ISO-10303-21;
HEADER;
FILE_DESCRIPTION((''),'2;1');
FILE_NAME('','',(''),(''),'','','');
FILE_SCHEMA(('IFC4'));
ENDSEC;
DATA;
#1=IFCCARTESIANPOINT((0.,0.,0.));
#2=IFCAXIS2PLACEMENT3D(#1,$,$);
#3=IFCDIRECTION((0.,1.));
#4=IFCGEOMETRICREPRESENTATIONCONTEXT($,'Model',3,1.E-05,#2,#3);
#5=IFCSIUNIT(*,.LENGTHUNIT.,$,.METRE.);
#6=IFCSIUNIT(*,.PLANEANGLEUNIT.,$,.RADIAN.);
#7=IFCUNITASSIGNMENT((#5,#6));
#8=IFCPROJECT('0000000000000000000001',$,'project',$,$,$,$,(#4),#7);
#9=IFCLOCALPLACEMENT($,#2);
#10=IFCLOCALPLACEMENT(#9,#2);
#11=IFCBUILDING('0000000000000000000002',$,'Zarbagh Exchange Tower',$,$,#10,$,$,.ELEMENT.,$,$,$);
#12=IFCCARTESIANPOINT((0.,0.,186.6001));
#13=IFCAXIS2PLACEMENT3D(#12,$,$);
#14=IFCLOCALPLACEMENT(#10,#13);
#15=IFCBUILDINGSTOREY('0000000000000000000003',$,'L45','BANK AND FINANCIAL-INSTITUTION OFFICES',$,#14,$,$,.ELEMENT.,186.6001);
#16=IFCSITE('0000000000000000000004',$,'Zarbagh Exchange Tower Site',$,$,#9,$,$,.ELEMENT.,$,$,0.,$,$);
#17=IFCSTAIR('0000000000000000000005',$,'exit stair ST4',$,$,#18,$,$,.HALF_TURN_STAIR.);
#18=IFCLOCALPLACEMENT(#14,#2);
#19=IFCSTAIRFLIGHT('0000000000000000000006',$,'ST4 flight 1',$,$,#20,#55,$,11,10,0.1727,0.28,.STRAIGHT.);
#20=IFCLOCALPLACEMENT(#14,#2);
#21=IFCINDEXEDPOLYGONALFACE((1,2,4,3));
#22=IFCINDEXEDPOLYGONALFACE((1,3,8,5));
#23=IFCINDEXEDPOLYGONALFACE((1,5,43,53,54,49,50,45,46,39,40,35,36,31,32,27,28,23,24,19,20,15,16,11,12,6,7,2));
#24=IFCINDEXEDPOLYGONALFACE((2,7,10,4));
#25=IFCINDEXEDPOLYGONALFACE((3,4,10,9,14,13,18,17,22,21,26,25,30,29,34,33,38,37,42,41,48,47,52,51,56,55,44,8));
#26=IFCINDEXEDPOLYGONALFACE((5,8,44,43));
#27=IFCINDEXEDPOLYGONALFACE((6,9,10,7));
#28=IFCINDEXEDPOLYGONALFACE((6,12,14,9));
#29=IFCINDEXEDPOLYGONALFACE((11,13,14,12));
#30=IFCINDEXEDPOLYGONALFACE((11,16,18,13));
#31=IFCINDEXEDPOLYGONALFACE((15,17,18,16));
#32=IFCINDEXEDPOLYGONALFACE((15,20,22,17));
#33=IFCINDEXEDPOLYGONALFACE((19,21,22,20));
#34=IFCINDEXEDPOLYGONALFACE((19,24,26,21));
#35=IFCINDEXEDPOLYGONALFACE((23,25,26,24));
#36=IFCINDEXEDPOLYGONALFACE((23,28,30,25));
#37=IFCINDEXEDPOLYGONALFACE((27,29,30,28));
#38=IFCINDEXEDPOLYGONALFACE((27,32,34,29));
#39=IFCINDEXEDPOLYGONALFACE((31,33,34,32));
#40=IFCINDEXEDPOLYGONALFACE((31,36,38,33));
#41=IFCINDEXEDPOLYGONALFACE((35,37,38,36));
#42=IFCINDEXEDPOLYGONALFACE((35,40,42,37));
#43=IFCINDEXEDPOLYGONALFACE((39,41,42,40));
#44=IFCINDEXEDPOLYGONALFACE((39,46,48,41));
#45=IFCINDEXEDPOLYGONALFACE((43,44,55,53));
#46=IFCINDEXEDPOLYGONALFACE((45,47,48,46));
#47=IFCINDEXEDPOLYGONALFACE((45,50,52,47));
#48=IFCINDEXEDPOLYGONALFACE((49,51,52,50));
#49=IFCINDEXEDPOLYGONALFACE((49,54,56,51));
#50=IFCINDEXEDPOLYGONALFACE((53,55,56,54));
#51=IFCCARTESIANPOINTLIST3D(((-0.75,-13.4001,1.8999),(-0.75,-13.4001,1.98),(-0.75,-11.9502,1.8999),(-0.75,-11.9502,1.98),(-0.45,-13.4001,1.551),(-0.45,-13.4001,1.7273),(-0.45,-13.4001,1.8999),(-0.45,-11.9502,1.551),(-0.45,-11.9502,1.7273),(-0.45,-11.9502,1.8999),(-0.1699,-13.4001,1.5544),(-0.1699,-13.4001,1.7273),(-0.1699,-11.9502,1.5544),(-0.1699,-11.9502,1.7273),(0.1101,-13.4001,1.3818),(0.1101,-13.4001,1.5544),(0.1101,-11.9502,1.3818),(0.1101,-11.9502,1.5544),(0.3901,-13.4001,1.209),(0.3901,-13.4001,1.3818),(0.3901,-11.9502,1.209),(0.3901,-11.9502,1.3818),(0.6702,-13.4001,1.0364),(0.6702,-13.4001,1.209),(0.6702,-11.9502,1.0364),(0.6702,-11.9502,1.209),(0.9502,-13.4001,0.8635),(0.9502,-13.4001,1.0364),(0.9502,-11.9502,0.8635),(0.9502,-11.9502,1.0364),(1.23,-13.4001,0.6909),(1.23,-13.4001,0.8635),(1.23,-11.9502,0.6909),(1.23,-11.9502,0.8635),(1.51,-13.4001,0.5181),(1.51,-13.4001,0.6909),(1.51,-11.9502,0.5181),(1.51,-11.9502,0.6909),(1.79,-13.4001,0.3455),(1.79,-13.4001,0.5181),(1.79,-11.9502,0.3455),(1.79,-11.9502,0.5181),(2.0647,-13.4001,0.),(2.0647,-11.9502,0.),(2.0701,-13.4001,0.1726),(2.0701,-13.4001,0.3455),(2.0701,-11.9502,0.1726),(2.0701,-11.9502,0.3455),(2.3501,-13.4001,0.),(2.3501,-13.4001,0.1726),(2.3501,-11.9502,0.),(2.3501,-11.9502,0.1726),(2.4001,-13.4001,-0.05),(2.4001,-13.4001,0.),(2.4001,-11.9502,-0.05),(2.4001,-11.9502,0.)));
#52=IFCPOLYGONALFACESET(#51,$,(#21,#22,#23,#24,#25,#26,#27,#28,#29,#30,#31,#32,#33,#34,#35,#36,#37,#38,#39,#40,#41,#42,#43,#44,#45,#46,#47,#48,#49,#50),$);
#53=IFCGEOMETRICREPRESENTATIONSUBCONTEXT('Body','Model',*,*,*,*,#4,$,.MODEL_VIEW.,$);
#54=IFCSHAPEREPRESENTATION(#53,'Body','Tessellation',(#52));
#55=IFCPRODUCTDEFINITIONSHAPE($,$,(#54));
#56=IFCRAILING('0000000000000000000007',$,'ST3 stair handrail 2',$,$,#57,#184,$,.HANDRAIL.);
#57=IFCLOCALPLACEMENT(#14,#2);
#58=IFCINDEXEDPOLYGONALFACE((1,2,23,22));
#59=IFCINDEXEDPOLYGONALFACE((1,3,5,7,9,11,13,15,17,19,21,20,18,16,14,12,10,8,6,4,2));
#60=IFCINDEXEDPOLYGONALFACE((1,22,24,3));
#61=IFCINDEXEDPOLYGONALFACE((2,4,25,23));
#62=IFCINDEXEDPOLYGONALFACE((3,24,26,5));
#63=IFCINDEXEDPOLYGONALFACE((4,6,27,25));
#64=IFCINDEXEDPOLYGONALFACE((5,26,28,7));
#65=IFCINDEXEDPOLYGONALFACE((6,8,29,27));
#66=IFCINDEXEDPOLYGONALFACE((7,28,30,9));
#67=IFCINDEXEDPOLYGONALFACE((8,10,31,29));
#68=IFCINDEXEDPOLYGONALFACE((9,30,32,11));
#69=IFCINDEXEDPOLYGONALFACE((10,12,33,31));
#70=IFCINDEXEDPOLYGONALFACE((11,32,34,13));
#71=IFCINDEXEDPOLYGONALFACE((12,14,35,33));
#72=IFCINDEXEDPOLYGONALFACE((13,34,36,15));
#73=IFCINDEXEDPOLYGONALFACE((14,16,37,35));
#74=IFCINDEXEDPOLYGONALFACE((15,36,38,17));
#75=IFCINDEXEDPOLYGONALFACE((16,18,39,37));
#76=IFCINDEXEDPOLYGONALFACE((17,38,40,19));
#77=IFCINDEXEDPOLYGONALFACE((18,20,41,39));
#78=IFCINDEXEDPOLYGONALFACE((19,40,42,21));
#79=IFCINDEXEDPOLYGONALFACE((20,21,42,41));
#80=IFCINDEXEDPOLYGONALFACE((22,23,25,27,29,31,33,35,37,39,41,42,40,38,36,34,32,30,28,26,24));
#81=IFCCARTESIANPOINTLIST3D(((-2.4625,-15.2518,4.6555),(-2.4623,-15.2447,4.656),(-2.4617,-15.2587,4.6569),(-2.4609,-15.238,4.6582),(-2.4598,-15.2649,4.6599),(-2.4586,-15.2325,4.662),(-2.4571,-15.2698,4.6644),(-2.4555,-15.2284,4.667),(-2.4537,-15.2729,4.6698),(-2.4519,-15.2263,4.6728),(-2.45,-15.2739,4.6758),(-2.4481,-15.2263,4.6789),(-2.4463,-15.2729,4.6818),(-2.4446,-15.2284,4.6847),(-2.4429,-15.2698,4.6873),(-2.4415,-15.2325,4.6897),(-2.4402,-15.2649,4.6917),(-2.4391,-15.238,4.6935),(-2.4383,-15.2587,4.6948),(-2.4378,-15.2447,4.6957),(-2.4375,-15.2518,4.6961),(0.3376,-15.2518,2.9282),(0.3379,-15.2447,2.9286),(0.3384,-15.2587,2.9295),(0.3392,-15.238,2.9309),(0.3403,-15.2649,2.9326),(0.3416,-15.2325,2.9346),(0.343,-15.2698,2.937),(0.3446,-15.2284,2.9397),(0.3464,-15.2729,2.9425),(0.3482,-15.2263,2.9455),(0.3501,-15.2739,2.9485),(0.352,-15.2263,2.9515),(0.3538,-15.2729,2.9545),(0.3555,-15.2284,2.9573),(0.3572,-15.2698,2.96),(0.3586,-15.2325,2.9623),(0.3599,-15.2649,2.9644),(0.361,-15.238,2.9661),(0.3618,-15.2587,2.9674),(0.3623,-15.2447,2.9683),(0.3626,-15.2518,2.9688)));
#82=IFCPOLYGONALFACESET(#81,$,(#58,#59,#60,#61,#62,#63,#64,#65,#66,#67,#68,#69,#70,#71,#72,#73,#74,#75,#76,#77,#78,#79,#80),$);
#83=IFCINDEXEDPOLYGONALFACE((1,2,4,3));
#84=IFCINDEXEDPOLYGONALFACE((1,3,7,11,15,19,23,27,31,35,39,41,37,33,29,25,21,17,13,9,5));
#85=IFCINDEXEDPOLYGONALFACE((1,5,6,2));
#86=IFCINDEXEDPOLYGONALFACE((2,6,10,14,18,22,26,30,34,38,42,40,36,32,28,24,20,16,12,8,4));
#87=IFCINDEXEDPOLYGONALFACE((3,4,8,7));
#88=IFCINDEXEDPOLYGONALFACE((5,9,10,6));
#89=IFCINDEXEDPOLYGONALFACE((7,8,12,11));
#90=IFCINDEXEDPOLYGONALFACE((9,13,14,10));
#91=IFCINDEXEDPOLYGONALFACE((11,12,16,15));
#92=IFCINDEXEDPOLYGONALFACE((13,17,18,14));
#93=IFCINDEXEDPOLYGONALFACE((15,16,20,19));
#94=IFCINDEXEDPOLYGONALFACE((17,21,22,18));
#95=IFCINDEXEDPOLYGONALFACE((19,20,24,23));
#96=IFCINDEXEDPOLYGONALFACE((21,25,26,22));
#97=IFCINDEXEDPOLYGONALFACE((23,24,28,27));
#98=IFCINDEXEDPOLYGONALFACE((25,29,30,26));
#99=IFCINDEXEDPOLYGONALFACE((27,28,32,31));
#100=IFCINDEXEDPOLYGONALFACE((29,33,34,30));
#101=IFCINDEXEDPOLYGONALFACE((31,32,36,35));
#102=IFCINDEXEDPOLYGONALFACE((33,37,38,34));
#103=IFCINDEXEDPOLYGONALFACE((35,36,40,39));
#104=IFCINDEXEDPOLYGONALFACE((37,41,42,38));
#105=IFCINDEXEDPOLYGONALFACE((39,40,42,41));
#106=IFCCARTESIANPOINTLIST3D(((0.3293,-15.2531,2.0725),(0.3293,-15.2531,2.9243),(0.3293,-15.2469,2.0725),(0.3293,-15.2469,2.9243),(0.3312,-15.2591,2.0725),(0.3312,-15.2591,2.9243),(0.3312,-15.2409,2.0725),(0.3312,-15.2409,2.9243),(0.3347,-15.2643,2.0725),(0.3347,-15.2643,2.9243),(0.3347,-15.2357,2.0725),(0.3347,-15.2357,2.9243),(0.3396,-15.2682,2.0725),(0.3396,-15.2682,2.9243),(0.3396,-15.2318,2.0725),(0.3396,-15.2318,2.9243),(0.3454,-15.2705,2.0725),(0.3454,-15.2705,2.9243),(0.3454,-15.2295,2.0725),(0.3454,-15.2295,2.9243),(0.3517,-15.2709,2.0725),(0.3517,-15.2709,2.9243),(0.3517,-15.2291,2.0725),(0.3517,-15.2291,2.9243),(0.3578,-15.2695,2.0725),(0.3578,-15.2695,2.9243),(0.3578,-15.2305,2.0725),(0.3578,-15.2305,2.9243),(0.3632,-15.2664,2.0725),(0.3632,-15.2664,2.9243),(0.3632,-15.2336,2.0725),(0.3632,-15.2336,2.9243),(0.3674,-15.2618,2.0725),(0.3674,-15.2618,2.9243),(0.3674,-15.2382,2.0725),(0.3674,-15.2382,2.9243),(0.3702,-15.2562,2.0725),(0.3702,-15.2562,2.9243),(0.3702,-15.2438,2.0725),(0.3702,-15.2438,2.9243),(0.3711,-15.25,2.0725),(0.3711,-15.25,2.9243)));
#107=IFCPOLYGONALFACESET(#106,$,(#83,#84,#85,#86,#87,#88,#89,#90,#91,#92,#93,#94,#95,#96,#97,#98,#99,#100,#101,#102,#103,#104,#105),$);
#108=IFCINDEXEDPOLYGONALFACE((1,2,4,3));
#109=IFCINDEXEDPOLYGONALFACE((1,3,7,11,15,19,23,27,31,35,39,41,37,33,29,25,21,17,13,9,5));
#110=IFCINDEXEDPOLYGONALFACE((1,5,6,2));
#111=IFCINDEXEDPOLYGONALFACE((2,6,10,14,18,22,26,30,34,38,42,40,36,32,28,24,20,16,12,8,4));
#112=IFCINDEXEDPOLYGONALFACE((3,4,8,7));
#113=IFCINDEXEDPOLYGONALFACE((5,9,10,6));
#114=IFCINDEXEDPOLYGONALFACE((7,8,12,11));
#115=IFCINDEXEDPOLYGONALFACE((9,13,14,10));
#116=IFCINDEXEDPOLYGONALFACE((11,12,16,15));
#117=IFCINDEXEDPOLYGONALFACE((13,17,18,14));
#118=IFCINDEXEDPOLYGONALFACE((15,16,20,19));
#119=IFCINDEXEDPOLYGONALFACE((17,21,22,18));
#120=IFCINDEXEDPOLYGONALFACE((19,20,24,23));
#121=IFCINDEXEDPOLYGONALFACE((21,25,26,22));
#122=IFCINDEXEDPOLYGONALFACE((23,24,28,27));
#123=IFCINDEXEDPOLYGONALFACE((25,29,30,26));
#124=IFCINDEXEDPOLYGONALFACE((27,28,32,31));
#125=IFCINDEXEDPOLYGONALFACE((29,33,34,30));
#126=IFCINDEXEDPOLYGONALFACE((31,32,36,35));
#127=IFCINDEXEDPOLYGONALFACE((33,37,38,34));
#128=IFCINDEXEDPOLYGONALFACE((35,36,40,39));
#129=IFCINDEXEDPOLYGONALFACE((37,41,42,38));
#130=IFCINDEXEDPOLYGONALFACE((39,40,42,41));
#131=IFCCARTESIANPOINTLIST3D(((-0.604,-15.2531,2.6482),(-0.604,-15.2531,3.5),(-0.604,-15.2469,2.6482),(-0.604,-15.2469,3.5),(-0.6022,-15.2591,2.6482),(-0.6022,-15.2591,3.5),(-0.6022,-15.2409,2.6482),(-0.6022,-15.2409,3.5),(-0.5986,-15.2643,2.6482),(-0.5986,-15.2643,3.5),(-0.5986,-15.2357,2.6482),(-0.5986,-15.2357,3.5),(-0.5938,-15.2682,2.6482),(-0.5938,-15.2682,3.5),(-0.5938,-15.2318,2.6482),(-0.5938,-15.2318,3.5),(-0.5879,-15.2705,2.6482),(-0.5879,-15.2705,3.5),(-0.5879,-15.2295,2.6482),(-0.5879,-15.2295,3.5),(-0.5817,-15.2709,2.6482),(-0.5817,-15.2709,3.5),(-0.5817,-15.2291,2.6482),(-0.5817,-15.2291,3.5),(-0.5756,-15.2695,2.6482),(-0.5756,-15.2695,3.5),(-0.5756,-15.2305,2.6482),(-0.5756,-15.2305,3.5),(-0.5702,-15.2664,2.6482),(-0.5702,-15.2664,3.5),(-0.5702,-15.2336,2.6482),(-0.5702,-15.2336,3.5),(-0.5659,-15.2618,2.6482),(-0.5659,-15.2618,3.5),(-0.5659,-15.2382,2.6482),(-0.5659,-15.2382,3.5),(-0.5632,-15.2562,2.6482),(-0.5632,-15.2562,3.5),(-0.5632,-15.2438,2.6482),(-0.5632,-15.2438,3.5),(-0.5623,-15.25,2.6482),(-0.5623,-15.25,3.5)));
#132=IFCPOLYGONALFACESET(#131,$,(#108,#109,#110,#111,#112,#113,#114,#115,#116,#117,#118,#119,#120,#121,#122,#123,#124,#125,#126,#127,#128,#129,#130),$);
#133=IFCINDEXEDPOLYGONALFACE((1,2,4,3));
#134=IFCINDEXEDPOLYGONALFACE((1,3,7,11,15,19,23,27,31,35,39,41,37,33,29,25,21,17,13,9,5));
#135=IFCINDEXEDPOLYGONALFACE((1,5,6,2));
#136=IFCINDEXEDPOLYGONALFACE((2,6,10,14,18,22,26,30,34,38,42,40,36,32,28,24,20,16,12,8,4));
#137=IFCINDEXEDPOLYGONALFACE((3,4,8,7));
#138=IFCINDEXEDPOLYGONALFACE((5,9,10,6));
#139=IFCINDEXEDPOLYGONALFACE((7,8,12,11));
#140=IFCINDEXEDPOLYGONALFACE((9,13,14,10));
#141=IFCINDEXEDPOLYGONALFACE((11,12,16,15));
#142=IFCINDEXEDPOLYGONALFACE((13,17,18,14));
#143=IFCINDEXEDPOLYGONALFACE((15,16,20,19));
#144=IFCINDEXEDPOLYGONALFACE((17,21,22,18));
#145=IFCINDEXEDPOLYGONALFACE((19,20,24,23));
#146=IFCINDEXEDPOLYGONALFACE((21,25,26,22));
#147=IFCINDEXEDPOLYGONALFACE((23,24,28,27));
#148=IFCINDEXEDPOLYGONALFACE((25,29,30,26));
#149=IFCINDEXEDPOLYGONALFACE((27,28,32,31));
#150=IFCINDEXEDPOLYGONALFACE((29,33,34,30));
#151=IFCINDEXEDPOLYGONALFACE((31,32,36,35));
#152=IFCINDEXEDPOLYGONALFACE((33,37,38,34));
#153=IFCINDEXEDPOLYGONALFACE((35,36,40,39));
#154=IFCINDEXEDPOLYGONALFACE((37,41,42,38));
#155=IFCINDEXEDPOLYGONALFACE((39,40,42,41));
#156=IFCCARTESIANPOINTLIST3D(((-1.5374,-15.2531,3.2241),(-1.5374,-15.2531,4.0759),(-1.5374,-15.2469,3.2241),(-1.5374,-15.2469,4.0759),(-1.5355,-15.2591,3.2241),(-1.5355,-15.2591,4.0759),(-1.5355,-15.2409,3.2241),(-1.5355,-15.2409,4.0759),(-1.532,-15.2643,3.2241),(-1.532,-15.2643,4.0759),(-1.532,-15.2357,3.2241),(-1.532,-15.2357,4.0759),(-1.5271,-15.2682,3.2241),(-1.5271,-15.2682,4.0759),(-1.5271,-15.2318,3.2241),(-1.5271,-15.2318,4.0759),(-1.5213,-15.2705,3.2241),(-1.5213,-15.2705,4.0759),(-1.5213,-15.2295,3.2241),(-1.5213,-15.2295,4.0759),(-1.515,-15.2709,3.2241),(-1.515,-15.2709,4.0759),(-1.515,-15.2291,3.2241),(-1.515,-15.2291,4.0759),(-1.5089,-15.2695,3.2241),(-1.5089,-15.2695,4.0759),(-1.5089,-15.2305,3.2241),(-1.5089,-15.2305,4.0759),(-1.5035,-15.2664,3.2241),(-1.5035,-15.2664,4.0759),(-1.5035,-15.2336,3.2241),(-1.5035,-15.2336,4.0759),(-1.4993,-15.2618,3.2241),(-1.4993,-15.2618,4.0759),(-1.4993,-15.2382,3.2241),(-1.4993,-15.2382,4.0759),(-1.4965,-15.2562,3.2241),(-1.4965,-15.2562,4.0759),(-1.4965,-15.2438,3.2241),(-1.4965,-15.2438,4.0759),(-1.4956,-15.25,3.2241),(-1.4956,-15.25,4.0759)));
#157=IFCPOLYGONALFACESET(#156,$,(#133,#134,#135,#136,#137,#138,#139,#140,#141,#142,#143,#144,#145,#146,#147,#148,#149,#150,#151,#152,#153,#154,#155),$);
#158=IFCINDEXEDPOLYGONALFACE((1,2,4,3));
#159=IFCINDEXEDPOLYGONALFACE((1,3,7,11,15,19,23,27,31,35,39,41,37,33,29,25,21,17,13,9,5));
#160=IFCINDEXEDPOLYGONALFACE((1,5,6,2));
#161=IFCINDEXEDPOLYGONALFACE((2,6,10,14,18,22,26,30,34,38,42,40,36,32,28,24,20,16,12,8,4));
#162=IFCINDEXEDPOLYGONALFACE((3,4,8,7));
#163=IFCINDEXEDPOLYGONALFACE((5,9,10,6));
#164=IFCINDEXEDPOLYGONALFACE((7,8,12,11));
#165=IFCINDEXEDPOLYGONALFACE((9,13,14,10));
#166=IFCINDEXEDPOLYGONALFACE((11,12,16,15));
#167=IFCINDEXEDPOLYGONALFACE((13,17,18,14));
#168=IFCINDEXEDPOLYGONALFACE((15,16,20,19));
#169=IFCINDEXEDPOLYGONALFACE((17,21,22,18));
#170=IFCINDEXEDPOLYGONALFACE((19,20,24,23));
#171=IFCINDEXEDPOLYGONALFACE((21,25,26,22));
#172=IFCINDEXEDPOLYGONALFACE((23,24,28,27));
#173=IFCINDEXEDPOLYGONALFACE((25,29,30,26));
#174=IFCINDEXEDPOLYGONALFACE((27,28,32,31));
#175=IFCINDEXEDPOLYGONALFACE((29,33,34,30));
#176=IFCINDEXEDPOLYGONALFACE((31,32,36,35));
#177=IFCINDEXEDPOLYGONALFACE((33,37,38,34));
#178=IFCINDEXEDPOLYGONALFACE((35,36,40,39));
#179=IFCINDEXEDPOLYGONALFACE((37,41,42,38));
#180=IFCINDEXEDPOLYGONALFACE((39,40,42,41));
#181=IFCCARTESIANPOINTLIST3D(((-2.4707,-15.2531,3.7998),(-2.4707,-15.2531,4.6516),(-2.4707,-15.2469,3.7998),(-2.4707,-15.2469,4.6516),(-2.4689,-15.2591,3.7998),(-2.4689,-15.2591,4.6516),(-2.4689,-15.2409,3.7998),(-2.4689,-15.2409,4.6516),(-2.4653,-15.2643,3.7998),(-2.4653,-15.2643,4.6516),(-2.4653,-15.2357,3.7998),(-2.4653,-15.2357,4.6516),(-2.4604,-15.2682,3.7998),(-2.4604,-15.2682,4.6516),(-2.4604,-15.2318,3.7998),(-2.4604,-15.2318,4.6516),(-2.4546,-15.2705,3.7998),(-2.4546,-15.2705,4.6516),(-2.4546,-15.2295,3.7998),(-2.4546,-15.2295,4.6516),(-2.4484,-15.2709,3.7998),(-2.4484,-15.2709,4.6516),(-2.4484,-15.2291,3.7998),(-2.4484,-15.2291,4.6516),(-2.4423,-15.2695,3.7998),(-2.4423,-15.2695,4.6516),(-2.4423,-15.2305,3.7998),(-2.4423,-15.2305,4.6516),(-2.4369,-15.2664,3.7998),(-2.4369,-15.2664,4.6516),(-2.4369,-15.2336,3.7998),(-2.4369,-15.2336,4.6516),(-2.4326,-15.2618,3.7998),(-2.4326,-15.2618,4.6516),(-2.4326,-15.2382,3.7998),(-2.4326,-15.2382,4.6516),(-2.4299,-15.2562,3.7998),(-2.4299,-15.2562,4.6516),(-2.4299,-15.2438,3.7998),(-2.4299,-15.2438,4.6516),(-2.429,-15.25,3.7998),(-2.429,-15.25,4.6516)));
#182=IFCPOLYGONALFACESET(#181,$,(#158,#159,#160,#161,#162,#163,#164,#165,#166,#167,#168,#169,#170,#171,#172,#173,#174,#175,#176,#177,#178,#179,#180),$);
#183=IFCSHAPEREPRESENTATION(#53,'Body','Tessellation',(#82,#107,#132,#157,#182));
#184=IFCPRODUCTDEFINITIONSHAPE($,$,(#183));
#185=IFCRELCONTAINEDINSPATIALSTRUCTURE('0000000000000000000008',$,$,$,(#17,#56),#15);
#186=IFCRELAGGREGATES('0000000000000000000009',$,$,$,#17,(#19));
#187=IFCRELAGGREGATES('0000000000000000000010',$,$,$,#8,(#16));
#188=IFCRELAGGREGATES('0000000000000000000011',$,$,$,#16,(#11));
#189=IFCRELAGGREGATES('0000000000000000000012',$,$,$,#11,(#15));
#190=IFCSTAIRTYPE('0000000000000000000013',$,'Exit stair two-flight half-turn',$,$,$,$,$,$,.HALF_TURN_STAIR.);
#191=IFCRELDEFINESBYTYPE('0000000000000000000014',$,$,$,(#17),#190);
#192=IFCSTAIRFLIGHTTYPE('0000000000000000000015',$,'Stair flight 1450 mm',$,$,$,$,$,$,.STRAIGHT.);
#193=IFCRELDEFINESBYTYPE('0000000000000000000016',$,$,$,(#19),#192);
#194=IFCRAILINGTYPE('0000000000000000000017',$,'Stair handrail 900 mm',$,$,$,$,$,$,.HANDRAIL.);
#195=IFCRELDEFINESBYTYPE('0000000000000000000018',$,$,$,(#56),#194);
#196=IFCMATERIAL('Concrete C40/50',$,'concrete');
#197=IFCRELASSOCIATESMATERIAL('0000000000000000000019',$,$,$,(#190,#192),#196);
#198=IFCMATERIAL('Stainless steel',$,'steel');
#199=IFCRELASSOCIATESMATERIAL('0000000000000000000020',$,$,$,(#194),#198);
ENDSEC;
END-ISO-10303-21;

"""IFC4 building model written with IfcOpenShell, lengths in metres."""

from ifc_helpers import new_model, si_unit, direction, frame, origin, origin_2d, place, context, subcontext, project, spatial, polyline, circle, outline, extrude, material, type_object, element, aggregate, save


model = new_model("IFC4")

# Units and contexts
model_context = context("Model", 3, precision=1e-05, world=origin(), true_north=direction((0.0, 1.0)))
body_context = subcontext(model_context, "Body", "Model", "MODEL_VIEW")
ifc_project = project(units=[si_unit("LENGTHUNIT", "METRE"), si_unit("PLANEANGLEUNIT", "RADIAN")], contexts=[model_context])

# Site, building, storey
site_placement = place(None, origin())
site = spatial("IfcSite", under=ifc_project, at=site_placement, Name="Zarbagh Exchange Tower Site", CompositionType="ELEMENT", RefElevation=0.0)
building_placement = place(site_placement, origin())
building = spatial("IfcBuilding", under=site, at=building_placement, Name="Zarbagh Exchange Tower", CompositionType="ELEMENT")
storey_placement = place(building_placement, frame((0.0, 0.0, 186.6001)))
storey = spatial("IfcBuildingStorey", under=building, at=storey_placement, Name="L45", Description="BANK AND FINANCIAL-INSTITUTION OFFICES", CompositionType="ELEMENT", Elevation=186.6001)

# Shared definitions
ifc_material_1 = material(Name="Stainless steel", Category="steel")

# Shared definitions
ifc_material_2 = material(Name="Concrete C40/50", Category="concrete")

# Stair, stair flight
stair_type = type_object("IfcStairType", Name="Exit stair two-flight half-turn", PredefinedType="HALF_TURN_STAIR", material=ifc_material_2)
stair_1_placement = place(storey_placement, origin())
stair_1 = element("IfcStair", 1, at=stair_1_placement, inside=storey, type_object=stair_type, Name="exit stair ST4", PredefinedType="HALF_TURN_STAIR")
stair_flight_type_1 = type_object("IfcStairFlightType", Name="Stair flight 1450 mm", PredefinedType="STRAIGHT", material=ifc_material_2)
stair_flight_1_placement = place(storey_placement, frame((2.3501, -12.675, 0.0), z_axis=(0.0, 0.0, 1.0), x_axis=(-1.0, 0.0, 0.0)))
stair_flight_1 = element("IfcStairFlight", 2, at=stair_flight_1_placement, type_object=stair_flight_type_1, Name="ST4 flight 1", NumberOfRisers=11, NumberOfTreads=10, PredefinedType="STRAIGHT", RiserHeight=0.1727, TreadLength=0.28, context=body_context, shape_type="SweptSolid", body=[
    extrude(outline(polyline([(-0.05, -0.05), (-0.05, 0.0), (0.0, 0.0), (0.0, 0.1726), (0.28, 0.1726), (0.28, 0.3455), (0.5601, 0.3455), (0.5601, 0.5181), (0.8401, 0.5181), (0.8401, 0.6909), (1.1201, 0.6909), (1.1201, 0.8635), (1.3999, 0.8635), (1.3999, 1.0364), (1.6799, 1.0364), (1.6799, 1.209), (1.96, 1.209), (1.96, 1.3818), (2.24, 1.3818), (2.24, 1.5544), (2.52, 1.5544), (2.52, 1.7273), (2.8, 1.7273), (2.8, 1.8999), (3.1001, 1.98), (3.1001, 1.8999), (2.8, 1.551), (0.2854, 0.0), (-0.05, -0.05)])), frame((0.0, 0.7251, 0.0), z_axis=(0.0, -1.0, 0.0), x_axis=(1.0, 0.0, 0.0)), (0.0, 0.0, 1.0), 1.45),
])
aggregate(stair_1, [stair_flight_1])

# Railing
railing_type_1 = type_object("IfcRailingType", Name="Stair handrail 900 mm", PredefinedType="HANDRAIL", material=ifc_material_1)
for number, where, name in (
    (3, (0.3501, -15.25, 2.0725), "ST3 stair handrail 2"),
):
    element("IfcRailing", number, at=place(storey_placement, frame(where)), inside=storey, type_object=railing_type_1, Name=name, PredefinedType="HANDRAIL", context=body_context, shape_type="SweptSolid", body=[
        extrude(circle(Radius=0.0239, at=origin_2d()), frame((0.0, 0.0, 0.876), z_axis=(-0.85109, 0.0, 0.52502), x_axis=(0.0, -1.0, 0.0)), (0.0, 0.0, 1.0), 3.29),
        extrude(circle(Radius=0.021, at=origin_2d()), origin(), (0.0, 0.0, 1.0), 0.8518),
        extrude(circle(Radius=0.021, at=origin_2d()), frame((-0.9333, 0.0, 0.5757)), (0.0, 0.0, 1.0), 0.8518),
        extrude(circle(Radius=0.021, at=origin_2d()), frame((-1.8667, 0.0, 1.1516)), (0.0, 0.0, 1.0), 0.8518),
        extrude(circle(Radius=0.021, at=origin_2d()), frame((-2.8, 0.0, 1.7273)), (0.0, 0.0, 1.0), 0.8518),
    ])

save(model, "model.ifc")
